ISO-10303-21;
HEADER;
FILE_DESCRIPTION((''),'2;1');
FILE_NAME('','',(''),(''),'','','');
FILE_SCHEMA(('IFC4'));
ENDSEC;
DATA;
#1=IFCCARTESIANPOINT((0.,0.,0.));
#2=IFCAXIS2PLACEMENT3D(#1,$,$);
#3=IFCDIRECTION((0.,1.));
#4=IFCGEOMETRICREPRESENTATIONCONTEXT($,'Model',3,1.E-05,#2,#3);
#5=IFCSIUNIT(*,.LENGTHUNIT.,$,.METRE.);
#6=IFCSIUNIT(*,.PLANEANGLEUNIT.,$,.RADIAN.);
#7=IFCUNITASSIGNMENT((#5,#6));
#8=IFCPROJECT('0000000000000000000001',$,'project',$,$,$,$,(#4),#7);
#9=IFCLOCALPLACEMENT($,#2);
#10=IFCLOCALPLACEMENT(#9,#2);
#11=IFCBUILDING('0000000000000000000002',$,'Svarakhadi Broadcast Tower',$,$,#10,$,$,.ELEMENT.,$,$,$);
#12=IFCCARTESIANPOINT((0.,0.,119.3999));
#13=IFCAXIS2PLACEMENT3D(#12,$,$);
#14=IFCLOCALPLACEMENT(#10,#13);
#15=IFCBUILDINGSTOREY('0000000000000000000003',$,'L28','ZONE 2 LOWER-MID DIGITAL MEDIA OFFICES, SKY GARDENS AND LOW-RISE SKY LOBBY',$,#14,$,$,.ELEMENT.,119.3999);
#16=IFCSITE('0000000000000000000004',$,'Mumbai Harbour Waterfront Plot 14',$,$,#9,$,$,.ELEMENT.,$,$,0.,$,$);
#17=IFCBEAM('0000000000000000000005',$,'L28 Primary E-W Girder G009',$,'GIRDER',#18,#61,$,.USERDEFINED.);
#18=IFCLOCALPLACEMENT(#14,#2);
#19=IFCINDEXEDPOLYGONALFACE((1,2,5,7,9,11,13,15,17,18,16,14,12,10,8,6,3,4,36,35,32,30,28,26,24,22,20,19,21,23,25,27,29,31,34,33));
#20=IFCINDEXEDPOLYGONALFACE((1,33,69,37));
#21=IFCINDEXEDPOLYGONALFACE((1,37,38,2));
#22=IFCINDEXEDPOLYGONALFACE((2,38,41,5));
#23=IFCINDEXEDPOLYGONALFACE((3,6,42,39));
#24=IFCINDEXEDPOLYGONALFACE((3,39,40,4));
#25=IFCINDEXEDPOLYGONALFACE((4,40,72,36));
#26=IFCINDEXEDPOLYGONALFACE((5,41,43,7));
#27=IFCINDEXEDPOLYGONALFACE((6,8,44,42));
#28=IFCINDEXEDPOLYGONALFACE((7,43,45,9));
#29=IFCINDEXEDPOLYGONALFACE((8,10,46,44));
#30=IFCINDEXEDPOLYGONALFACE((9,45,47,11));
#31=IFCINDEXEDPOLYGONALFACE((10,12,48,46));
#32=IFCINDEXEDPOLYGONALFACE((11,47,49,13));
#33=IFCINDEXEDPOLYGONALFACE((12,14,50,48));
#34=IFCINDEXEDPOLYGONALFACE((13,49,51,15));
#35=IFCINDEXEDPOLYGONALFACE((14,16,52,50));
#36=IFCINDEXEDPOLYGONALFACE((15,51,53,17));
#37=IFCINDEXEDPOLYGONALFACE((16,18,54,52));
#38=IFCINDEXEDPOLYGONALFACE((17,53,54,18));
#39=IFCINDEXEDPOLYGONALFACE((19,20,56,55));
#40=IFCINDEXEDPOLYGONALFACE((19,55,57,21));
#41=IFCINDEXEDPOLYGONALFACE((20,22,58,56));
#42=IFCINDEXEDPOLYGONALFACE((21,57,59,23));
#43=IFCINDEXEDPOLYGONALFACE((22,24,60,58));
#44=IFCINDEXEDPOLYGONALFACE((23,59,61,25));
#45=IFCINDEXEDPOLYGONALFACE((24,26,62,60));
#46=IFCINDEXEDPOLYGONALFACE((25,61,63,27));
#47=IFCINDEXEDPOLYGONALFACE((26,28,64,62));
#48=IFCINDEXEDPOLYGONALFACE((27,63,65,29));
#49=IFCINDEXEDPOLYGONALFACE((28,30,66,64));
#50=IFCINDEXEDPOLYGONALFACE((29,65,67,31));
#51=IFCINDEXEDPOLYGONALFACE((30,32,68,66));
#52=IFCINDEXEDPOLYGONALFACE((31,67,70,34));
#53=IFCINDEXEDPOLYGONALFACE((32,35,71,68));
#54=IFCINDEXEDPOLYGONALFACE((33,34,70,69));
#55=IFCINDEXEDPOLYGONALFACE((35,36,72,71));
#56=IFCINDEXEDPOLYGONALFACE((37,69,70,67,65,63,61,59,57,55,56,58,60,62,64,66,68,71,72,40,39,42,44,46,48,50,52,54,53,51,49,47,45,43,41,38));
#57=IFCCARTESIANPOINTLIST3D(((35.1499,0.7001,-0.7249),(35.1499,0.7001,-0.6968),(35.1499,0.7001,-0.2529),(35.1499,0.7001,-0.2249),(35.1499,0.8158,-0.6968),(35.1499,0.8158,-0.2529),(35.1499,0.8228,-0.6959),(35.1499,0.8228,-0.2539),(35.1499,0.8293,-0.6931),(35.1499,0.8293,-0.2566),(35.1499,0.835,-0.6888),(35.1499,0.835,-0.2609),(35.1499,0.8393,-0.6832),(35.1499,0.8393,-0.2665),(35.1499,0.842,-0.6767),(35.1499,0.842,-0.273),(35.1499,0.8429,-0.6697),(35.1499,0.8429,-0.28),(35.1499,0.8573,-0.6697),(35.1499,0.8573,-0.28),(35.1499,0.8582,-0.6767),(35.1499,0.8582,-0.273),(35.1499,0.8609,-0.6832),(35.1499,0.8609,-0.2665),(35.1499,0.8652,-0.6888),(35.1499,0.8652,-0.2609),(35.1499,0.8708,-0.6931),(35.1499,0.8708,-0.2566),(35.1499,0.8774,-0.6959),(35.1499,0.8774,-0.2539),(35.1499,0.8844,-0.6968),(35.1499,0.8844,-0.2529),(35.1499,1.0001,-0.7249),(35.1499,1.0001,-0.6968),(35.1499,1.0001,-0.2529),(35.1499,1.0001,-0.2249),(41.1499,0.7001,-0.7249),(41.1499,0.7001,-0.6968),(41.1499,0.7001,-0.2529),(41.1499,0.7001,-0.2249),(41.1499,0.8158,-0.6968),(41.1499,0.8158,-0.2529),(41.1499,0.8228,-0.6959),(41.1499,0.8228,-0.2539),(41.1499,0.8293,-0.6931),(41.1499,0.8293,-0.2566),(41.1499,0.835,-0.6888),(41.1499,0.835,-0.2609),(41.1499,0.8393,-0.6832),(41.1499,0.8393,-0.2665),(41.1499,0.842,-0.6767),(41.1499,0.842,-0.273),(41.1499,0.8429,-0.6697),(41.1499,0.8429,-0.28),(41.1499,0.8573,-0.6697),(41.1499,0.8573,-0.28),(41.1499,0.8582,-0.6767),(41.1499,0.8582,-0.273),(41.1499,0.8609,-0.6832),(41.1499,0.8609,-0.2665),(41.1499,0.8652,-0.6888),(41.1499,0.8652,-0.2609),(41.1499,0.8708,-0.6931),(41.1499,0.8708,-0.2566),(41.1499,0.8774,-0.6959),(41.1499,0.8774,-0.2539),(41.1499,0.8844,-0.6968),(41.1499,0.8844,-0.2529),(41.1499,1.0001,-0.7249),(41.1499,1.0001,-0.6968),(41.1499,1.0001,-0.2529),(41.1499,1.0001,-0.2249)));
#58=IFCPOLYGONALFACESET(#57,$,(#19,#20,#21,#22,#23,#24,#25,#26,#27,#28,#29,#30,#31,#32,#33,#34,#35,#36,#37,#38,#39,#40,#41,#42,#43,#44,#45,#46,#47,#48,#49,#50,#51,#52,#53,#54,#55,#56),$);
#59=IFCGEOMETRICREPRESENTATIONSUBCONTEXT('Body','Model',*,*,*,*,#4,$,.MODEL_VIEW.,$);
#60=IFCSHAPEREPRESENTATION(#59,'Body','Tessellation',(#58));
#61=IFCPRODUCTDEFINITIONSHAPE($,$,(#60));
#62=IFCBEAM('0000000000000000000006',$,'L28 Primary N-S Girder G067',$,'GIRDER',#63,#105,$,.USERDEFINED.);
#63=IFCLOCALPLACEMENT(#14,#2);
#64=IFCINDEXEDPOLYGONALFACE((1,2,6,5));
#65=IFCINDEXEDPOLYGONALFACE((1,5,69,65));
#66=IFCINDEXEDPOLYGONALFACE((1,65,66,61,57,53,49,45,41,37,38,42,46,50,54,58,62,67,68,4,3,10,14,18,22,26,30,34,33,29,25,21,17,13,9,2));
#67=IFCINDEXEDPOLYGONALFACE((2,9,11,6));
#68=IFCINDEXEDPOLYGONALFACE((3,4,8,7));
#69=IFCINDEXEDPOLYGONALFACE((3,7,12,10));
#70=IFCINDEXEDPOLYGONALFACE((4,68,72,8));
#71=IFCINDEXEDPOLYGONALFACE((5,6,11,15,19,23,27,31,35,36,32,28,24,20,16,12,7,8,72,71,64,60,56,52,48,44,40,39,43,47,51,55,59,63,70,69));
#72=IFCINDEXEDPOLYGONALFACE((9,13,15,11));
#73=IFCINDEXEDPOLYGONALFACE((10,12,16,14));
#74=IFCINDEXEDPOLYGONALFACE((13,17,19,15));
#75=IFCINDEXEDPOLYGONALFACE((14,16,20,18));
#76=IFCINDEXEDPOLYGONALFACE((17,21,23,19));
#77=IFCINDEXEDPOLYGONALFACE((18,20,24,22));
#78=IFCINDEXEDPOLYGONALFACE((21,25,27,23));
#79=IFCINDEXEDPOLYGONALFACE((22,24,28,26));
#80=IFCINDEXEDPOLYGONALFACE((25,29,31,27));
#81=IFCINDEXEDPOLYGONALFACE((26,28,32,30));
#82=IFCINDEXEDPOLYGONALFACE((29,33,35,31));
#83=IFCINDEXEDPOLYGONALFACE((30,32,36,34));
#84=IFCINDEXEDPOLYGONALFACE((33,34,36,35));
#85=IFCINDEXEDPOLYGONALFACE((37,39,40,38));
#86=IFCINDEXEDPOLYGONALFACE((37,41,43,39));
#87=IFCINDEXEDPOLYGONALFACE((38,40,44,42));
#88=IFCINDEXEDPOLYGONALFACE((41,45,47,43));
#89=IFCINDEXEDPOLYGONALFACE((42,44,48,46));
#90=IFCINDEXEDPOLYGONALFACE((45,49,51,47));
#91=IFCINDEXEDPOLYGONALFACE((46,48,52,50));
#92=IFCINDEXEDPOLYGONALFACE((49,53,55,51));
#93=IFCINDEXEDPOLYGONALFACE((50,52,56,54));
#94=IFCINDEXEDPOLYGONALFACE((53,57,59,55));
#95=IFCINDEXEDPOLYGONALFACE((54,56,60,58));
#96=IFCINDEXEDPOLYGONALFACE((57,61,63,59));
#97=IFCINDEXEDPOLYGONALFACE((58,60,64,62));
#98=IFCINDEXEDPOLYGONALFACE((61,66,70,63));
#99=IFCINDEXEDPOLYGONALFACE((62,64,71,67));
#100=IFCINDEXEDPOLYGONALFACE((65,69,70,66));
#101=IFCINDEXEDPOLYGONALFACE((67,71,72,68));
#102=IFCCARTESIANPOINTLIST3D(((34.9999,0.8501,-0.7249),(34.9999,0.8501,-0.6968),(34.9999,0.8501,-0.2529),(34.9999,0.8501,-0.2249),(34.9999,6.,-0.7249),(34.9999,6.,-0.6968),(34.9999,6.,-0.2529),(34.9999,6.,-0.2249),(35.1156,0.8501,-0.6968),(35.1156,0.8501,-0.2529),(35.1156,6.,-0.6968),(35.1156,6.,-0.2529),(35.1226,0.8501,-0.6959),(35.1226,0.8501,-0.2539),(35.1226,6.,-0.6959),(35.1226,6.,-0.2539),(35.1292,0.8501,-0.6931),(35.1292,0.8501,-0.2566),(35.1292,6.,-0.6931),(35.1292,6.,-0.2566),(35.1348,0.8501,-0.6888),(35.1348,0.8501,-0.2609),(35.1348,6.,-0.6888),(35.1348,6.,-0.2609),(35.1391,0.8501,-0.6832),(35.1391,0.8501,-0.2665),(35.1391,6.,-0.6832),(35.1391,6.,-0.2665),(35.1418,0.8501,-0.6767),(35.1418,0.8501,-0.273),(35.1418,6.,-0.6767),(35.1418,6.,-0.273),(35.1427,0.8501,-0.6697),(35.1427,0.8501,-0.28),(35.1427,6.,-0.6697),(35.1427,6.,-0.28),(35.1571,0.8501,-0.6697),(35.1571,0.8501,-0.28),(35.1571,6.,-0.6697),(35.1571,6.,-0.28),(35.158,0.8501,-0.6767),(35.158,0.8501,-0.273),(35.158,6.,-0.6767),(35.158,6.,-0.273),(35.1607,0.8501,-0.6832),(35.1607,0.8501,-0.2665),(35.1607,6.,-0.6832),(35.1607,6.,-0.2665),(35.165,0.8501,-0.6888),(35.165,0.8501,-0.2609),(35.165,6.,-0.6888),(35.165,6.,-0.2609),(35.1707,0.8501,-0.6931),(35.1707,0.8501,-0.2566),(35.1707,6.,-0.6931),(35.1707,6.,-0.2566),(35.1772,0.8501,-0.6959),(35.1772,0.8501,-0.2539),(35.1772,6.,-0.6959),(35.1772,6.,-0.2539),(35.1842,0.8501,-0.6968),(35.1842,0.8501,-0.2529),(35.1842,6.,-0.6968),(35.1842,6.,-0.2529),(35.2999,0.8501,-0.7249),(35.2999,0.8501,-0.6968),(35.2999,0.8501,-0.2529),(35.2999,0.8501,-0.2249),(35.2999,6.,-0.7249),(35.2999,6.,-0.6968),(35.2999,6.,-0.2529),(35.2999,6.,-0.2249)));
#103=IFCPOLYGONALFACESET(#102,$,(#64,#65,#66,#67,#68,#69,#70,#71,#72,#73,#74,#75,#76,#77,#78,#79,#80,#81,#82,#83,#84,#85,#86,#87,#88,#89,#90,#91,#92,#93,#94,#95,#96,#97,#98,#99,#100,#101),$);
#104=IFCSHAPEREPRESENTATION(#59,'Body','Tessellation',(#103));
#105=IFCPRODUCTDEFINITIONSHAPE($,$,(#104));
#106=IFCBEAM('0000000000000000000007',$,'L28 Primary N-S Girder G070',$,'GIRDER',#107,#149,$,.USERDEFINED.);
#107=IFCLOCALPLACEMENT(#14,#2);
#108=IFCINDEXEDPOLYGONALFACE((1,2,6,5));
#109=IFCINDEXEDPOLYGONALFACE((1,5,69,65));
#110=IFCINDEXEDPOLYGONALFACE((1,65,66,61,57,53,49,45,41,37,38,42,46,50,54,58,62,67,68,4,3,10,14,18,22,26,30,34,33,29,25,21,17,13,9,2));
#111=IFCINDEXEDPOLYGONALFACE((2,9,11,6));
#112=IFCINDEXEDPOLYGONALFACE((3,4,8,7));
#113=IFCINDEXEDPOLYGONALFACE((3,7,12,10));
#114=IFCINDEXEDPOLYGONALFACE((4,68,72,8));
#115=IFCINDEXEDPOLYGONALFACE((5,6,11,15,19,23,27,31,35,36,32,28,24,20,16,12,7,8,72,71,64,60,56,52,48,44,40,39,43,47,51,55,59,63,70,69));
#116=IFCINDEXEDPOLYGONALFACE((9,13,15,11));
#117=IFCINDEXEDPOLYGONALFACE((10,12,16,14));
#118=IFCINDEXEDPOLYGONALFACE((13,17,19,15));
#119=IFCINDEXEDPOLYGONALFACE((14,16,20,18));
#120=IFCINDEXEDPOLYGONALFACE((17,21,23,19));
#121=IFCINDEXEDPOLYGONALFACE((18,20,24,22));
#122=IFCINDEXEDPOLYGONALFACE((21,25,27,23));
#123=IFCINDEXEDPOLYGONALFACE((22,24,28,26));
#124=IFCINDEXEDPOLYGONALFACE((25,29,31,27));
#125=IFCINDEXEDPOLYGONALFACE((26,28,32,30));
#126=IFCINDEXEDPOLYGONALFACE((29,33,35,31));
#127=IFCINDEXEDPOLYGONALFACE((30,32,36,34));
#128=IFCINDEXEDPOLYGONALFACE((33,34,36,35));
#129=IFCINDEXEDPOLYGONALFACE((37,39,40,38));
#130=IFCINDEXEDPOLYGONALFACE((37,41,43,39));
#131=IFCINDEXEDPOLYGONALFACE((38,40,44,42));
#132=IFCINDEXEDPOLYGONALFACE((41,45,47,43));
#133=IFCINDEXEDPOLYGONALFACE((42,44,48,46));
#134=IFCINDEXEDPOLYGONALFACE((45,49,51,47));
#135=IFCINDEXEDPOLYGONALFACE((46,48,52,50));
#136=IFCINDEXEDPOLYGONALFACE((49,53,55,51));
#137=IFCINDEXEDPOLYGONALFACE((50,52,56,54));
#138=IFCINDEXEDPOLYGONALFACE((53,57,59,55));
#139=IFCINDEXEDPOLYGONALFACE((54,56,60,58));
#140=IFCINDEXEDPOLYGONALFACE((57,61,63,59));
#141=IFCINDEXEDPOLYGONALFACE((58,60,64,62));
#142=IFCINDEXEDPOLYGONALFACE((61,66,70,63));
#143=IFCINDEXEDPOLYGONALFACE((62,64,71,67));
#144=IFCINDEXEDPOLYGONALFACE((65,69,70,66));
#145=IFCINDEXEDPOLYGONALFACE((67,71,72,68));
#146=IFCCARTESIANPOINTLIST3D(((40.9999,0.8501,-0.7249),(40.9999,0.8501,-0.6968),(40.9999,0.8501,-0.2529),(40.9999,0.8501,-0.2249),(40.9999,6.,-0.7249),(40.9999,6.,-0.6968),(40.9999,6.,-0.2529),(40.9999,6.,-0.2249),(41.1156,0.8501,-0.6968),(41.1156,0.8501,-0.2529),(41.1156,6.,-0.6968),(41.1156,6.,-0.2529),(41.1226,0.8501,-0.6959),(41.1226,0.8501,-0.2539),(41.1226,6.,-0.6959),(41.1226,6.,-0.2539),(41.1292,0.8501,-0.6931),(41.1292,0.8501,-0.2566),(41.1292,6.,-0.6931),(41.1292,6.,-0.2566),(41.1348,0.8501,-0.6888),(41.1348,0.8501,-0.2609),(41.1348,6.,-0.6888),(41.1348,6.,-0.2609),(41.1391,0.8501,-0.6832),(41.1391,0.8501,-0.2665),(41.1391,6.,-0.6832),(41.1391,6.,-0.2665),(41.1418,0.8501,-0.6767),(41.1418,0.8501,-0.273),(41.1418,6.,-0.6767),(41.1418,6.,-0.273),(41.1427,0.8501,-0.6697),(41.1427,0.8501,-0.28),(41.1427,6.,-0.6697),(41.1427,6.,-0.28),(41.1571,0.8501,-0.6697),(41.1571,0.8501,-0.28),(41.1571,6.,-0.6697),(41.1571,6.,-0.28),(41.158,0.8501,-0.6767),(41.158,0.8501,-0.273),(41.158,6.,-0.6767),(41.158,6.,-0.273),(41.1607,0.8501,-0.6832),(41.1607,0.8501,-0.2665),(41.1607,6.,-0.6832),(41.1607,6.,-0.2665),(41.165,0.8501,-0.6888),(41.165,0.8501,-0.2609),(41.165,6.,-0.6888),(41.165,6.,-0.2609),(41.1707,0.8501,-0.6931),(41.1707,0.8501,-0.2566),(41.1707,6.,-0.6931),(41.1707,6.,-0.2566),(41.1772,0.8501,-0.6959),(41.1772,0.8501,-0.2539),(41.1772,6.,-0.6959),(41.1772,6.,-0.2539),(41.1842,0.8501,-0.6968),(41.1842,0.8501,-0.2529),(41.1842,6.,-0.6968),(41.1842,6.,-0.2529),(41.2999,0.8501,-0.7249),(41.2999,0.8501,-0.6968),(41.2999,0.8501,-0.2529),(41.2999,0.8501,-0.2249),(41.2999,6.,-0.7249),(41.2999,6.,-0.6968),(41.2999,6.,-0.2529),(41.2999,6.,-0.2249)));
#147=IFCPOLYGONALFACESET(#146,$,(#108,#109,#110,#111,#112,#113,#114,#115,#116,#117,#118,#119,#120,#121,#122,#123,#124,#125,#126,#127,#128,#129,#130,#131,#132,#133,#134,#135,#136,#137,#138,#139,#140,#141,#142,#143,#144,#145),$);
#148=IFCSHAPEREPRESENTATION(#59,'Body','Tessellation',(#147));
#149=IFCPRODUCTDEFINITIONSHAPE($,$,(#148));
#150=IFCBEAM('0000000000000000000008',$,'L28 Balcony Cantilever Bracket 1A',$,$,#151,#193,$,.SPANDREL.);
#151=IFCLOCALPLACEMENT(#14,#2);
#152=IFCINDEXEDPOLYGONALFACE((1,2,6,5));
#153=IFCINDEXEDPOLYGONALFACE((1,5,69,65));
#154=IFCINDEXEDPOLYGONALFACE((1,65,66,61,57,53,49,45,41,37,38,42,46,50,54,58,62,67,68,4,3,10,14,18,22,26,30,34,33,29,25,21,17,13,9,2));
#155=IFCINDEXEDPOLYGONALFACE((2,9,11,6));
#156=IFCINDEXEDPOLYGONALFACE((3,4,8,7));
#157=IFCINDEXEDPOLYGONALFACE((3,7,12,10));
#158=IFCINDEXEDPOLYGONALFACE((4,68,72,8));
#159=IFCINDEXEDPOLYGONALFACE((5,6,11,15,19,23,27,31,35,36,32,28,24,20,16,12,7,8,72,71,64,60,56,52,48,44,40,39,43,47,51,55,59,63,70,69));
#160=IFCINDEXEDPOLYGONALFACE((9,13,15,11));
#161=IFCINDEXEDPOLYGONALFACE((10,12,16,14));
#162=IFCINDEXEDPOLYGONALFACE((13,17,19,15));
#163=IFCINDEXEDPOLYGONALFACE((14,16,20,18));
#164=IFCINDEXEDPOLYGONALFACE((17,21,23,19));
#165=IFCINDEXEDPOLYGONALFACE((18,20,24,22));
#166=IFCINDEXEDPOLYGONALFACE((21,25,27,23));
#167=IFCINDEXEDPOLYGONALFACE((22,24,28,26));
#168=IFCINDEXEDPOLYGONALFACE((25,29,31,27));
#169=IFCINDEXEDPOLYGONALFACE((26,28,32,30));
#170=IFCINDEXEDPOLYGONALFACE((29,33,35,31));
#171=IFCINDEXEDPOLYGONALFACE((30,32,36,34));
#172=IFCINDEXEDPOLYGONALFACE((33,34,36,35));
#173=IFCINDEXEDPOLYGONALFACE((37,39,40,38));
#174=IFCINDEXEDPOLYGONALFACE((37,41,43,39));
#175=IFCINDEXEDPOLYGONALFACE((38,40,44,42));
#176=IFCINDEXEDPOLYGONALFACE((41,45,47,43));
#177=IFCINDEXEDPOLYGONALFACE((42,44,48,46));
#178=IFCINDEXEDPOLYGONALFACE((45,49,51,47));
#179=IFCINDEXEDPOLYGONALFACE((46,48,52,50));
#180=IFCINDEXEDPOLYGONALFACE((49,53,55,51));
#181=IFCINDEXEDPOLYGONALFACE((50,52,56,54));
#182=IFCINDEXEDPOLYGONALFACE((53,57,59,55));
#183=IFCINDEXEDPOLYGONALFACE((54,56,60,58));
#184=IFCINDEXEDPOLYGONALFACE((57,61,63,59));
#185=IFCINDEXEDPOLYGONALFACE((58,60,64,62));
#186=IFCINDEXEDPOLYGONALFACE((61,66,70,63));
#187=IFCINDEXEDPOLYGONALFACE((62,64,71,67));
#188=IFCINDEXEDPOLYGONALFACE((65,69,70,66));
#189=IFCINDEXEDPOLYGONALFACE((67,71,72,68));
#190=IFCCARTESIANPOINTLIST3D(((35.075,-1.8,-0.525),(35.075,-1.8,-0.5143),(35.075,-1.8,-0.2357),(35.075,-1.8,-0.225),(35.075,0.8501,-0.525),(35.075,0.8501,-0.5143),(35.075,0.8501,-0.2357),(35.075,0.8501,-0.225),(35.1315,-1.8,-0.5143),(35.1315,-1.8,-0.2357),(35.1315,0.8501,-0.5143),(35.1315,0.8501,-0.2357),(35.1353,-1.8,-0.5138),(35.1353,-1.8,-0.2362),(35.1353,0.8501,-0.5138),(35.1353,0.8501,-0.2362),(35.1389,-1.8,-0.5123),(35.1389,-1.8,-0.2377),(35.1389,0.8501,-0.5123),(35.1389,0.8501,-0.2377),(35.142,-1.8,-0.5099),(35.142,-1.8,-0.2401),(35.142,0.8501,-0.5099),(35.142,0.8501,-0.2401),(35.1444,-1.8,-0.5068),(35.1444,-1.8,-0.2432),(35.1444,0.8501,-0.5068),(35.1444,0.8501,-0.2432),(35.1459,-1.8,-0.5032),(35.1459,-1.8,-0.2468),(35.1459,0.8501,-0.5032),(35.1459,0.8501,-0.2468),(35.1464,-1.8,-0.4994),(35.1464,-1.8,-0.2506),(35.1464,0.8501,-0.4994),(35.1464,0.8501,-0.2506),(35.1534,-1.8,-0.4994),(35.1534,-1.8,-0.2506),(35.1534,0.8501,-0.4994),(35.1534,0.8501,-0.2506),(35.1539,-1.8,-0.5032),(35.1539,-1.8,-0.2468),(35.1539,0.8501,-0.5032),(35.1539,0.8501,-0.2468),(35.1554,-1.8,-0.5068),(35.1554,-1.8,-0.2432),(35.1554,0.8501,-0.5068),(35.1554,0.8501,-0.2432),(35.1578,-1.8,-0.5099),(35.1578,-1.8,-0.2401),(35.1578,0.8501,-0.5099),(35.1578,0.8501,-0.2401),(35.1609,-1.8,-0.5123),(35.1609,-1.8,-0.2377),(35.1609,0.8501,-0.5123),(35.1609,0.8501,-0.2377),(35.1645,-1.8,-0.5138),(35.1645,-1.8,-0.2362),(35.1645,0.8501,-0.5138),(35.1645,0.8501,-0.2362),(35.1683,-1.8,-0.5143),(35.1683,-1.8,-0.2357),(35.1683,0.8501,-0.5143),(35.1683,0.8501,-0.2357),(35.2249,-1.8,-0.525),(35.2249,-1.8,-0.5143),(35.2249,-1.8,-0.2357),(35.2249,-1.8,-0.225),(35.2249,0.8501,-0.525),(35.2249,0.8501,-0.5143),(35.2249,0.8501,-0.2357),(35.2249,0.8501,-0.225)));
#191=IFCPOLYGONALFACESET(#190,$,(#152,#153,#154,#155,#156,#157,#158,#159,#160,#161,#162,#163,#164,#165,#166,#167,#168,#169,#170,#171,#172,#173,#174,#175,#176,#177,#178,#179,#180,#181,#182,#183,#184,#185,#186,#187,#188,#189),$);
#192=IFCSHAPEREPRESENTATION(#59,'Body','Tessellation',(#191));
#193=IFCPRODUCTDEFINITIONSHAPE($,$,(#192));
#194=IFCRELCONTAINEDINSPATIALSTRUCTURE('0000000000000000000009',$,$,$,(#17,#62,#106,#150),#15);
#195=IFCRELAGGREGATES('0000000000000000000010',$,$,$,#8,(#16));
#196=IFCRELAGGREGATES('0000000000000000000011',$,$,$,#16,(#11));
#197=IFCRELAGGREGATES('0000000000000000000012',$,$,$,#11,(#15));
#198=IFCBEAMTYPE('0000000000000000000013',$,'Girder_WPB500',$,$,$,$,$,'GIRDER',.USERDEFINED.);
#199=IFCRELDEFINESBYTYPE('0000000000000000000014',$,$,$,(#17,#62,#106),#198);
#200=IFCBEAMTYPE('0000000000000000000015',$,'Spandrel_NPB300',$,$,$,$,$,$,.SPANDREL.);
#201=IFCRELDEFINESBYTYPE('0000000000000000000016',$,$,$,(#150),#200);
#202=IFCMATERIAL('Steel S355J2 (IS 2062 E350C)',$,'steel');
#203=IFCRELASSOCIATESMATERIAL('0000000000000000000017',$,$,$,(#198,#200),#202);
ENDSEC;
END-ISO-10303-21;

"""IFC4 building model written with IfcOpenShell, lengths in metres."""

from ifc_helpers import new_model, si_unit, direction, frame, origin, origin_2d, place, context, subcontext, project, spatial, i_section, extrude, material, material_profile, profile_set, type_object, element, save


model = new_model("IFC4")

# Units and contexts
model_context = context("Model", 3, precision=1e-05, world=origin(), true_north=direction((0.0, 1.0)))
body_context = subcontext(model_context, "Body", "Model", "MODEL_VIEW")
ifc_project = project(units=[si_unit("LENGTHUNIT", "METRE"), si_unit("PLANEANGLEUNIT", "RADIAN")], contexts=[model_context])

# Site, building, storey
site_placement = place(None, origin())
site = spatial("IfcSite", under=ifc_project, at=site_placement, Name="Mumbai Harbour Waterfront Plot 14", CompositionType="ELEMENT", RefElevation=0.0)
building_placement = place(site_placement, origin())
building = spatial("IfcBuilding", under=site, at=building_placement, Name="Svarakhadi Broadcast Tower", CompositionType="ELEMENT")
storey_placement = place(building_placement, frame((0.0, 0.0, 119.3999)))
storey = spatial("IfcBuildingStorey", under=building, at=storey_placement, Name="L28", Description="ZONE 2 LOWER-MID DIGITAL MEDIA OFFICES, SKY GARDENS AND LOW-RISE SKY LOBBY", CompositionType="ELEMENT", Elevation=119.3999)

# Shared definitions
ifc_material_1 = material(Name="Steel S355J2 (IS 2062 E350C)", Category="steel")

# Beams
ifc_material_profile_1 = material_profile(ifc_material_1, i_section(OverallWidth=0.3, OverallDepth=0.5, WebThickness=0.0144, FlangeThickness=0.0281, FilletRadius=0.0271, at=origin_2d()), Name="WPB 500x300x187")
ifc_profile_set_1 = profile_set([ifc_material_profile_1], Name="Steel S355J2 (IS 2062 E350C)")
beam_type_1 = type_object("IfcBeamType", Name="Girder_WPB500", ElementType="GIRDER", PredefinedType="USERDEFINED", material=ifc_profile_set_1)
beam_1_placement = place(storey_placement, frame((35.1499, 0.8501, -0.4749), z_axis=(1.0, 0.0, 0.0), x_axis=(0.0, 1.0, 0.0)))
element("IfcBeam", 1, at=beam_1_placement, inside=storey, type_object=beam_type_1, Name="L28 Primary E-W Girder G009", ObjectType="GIRDER", PredefinedType="USERDEFINED", context=body_context, shape_type="SweptSolid", body=[
    extrude(i_section(OverallWidth=0.3, OverallDepth=0.5, WebThickness=0.0144, FlangeThickness=0.0281, FilletRadius=0.0271, at=origin_2d()), origin(), (0.0, 0.0, 1.0), 6.0),
])
for number, where, z_axis, x_axis, name in (
    (2, (35.1499, 0.8501, -0.4749), (0.0, 1.0, 0.0), (-1.0, 0.0, 0.0), "L28 Primary N-S Girder G067"),
    (3, (41.1499, 0.8501, -0.4749), (0.0, 1.0, 0.0), (-1.0, 0.0, 0.0), "L28 Primary N-S Girder G070"),
):
    element("IfcBeam", number, at=place(storey_placement, frame(where, z_axis=z_axis, x_axis=x_axis)), inside=storey, type_object=beam_type_1, Name=name, ObjectType="GIRDER", PredefinedType="USERDEFINED", context=body_context, shape_type="SweptSolid", body=[
        extrude(i_section(OverallWidth=0.3, OverallDepth=0.5, WebThickness=0.0144, FlangeThickness=0.0281, FilletRadius=0.0271, at=origin_2d()), origin(), (0.0, 0.0, 1.0), 5.1499),
    ])
ifc_material_profile_2 = material_profile(ifc_material_1, i_section(OverallWidth=0.1499, OverallDepth=0.3, WebThickness=0.0071, FlangeThickness=0.0107, FilletRadius=0.0149, at=origin_2d()), Name="NPB 300x150x37")
ifc_profile_set_2 = profile_set([ifc_material_profile_2], Name="Steel S355J2 (IS 2062 E350C)")
beam_type_2 = type_object("IfcBeamType", Name="Spandrel_NPB300", PredefinedType="SPANDREL", material=ifc_profile_set_2)
beam_2_placement = place(storey_placement, frame((35.1499, 0.8501, -0.375), z_axis=(0.0, -1.0, 0.0), x_axis=(1.0, 0.0, 0.0)))
element("IfcBeam", 4, at=beam_2_placement, inside=storey, type_object=beam_type_2, Name="L28 Balcony Cantilever Bracket 1A", PredefinedType="SPANDREL", context=body_context, shape_type="SweptSolid", body=[
    extrude(i_section(OverallWidth=0.1499, OverallDepth=0.3, WebThickness=0.0071, FlangeThickness=0.0107, FilletRadius=0.0149, at=origin_2d()), origin(), (0.0, 0.0, 1.0), 2.6501),
])

save(model, "model.ifc")
